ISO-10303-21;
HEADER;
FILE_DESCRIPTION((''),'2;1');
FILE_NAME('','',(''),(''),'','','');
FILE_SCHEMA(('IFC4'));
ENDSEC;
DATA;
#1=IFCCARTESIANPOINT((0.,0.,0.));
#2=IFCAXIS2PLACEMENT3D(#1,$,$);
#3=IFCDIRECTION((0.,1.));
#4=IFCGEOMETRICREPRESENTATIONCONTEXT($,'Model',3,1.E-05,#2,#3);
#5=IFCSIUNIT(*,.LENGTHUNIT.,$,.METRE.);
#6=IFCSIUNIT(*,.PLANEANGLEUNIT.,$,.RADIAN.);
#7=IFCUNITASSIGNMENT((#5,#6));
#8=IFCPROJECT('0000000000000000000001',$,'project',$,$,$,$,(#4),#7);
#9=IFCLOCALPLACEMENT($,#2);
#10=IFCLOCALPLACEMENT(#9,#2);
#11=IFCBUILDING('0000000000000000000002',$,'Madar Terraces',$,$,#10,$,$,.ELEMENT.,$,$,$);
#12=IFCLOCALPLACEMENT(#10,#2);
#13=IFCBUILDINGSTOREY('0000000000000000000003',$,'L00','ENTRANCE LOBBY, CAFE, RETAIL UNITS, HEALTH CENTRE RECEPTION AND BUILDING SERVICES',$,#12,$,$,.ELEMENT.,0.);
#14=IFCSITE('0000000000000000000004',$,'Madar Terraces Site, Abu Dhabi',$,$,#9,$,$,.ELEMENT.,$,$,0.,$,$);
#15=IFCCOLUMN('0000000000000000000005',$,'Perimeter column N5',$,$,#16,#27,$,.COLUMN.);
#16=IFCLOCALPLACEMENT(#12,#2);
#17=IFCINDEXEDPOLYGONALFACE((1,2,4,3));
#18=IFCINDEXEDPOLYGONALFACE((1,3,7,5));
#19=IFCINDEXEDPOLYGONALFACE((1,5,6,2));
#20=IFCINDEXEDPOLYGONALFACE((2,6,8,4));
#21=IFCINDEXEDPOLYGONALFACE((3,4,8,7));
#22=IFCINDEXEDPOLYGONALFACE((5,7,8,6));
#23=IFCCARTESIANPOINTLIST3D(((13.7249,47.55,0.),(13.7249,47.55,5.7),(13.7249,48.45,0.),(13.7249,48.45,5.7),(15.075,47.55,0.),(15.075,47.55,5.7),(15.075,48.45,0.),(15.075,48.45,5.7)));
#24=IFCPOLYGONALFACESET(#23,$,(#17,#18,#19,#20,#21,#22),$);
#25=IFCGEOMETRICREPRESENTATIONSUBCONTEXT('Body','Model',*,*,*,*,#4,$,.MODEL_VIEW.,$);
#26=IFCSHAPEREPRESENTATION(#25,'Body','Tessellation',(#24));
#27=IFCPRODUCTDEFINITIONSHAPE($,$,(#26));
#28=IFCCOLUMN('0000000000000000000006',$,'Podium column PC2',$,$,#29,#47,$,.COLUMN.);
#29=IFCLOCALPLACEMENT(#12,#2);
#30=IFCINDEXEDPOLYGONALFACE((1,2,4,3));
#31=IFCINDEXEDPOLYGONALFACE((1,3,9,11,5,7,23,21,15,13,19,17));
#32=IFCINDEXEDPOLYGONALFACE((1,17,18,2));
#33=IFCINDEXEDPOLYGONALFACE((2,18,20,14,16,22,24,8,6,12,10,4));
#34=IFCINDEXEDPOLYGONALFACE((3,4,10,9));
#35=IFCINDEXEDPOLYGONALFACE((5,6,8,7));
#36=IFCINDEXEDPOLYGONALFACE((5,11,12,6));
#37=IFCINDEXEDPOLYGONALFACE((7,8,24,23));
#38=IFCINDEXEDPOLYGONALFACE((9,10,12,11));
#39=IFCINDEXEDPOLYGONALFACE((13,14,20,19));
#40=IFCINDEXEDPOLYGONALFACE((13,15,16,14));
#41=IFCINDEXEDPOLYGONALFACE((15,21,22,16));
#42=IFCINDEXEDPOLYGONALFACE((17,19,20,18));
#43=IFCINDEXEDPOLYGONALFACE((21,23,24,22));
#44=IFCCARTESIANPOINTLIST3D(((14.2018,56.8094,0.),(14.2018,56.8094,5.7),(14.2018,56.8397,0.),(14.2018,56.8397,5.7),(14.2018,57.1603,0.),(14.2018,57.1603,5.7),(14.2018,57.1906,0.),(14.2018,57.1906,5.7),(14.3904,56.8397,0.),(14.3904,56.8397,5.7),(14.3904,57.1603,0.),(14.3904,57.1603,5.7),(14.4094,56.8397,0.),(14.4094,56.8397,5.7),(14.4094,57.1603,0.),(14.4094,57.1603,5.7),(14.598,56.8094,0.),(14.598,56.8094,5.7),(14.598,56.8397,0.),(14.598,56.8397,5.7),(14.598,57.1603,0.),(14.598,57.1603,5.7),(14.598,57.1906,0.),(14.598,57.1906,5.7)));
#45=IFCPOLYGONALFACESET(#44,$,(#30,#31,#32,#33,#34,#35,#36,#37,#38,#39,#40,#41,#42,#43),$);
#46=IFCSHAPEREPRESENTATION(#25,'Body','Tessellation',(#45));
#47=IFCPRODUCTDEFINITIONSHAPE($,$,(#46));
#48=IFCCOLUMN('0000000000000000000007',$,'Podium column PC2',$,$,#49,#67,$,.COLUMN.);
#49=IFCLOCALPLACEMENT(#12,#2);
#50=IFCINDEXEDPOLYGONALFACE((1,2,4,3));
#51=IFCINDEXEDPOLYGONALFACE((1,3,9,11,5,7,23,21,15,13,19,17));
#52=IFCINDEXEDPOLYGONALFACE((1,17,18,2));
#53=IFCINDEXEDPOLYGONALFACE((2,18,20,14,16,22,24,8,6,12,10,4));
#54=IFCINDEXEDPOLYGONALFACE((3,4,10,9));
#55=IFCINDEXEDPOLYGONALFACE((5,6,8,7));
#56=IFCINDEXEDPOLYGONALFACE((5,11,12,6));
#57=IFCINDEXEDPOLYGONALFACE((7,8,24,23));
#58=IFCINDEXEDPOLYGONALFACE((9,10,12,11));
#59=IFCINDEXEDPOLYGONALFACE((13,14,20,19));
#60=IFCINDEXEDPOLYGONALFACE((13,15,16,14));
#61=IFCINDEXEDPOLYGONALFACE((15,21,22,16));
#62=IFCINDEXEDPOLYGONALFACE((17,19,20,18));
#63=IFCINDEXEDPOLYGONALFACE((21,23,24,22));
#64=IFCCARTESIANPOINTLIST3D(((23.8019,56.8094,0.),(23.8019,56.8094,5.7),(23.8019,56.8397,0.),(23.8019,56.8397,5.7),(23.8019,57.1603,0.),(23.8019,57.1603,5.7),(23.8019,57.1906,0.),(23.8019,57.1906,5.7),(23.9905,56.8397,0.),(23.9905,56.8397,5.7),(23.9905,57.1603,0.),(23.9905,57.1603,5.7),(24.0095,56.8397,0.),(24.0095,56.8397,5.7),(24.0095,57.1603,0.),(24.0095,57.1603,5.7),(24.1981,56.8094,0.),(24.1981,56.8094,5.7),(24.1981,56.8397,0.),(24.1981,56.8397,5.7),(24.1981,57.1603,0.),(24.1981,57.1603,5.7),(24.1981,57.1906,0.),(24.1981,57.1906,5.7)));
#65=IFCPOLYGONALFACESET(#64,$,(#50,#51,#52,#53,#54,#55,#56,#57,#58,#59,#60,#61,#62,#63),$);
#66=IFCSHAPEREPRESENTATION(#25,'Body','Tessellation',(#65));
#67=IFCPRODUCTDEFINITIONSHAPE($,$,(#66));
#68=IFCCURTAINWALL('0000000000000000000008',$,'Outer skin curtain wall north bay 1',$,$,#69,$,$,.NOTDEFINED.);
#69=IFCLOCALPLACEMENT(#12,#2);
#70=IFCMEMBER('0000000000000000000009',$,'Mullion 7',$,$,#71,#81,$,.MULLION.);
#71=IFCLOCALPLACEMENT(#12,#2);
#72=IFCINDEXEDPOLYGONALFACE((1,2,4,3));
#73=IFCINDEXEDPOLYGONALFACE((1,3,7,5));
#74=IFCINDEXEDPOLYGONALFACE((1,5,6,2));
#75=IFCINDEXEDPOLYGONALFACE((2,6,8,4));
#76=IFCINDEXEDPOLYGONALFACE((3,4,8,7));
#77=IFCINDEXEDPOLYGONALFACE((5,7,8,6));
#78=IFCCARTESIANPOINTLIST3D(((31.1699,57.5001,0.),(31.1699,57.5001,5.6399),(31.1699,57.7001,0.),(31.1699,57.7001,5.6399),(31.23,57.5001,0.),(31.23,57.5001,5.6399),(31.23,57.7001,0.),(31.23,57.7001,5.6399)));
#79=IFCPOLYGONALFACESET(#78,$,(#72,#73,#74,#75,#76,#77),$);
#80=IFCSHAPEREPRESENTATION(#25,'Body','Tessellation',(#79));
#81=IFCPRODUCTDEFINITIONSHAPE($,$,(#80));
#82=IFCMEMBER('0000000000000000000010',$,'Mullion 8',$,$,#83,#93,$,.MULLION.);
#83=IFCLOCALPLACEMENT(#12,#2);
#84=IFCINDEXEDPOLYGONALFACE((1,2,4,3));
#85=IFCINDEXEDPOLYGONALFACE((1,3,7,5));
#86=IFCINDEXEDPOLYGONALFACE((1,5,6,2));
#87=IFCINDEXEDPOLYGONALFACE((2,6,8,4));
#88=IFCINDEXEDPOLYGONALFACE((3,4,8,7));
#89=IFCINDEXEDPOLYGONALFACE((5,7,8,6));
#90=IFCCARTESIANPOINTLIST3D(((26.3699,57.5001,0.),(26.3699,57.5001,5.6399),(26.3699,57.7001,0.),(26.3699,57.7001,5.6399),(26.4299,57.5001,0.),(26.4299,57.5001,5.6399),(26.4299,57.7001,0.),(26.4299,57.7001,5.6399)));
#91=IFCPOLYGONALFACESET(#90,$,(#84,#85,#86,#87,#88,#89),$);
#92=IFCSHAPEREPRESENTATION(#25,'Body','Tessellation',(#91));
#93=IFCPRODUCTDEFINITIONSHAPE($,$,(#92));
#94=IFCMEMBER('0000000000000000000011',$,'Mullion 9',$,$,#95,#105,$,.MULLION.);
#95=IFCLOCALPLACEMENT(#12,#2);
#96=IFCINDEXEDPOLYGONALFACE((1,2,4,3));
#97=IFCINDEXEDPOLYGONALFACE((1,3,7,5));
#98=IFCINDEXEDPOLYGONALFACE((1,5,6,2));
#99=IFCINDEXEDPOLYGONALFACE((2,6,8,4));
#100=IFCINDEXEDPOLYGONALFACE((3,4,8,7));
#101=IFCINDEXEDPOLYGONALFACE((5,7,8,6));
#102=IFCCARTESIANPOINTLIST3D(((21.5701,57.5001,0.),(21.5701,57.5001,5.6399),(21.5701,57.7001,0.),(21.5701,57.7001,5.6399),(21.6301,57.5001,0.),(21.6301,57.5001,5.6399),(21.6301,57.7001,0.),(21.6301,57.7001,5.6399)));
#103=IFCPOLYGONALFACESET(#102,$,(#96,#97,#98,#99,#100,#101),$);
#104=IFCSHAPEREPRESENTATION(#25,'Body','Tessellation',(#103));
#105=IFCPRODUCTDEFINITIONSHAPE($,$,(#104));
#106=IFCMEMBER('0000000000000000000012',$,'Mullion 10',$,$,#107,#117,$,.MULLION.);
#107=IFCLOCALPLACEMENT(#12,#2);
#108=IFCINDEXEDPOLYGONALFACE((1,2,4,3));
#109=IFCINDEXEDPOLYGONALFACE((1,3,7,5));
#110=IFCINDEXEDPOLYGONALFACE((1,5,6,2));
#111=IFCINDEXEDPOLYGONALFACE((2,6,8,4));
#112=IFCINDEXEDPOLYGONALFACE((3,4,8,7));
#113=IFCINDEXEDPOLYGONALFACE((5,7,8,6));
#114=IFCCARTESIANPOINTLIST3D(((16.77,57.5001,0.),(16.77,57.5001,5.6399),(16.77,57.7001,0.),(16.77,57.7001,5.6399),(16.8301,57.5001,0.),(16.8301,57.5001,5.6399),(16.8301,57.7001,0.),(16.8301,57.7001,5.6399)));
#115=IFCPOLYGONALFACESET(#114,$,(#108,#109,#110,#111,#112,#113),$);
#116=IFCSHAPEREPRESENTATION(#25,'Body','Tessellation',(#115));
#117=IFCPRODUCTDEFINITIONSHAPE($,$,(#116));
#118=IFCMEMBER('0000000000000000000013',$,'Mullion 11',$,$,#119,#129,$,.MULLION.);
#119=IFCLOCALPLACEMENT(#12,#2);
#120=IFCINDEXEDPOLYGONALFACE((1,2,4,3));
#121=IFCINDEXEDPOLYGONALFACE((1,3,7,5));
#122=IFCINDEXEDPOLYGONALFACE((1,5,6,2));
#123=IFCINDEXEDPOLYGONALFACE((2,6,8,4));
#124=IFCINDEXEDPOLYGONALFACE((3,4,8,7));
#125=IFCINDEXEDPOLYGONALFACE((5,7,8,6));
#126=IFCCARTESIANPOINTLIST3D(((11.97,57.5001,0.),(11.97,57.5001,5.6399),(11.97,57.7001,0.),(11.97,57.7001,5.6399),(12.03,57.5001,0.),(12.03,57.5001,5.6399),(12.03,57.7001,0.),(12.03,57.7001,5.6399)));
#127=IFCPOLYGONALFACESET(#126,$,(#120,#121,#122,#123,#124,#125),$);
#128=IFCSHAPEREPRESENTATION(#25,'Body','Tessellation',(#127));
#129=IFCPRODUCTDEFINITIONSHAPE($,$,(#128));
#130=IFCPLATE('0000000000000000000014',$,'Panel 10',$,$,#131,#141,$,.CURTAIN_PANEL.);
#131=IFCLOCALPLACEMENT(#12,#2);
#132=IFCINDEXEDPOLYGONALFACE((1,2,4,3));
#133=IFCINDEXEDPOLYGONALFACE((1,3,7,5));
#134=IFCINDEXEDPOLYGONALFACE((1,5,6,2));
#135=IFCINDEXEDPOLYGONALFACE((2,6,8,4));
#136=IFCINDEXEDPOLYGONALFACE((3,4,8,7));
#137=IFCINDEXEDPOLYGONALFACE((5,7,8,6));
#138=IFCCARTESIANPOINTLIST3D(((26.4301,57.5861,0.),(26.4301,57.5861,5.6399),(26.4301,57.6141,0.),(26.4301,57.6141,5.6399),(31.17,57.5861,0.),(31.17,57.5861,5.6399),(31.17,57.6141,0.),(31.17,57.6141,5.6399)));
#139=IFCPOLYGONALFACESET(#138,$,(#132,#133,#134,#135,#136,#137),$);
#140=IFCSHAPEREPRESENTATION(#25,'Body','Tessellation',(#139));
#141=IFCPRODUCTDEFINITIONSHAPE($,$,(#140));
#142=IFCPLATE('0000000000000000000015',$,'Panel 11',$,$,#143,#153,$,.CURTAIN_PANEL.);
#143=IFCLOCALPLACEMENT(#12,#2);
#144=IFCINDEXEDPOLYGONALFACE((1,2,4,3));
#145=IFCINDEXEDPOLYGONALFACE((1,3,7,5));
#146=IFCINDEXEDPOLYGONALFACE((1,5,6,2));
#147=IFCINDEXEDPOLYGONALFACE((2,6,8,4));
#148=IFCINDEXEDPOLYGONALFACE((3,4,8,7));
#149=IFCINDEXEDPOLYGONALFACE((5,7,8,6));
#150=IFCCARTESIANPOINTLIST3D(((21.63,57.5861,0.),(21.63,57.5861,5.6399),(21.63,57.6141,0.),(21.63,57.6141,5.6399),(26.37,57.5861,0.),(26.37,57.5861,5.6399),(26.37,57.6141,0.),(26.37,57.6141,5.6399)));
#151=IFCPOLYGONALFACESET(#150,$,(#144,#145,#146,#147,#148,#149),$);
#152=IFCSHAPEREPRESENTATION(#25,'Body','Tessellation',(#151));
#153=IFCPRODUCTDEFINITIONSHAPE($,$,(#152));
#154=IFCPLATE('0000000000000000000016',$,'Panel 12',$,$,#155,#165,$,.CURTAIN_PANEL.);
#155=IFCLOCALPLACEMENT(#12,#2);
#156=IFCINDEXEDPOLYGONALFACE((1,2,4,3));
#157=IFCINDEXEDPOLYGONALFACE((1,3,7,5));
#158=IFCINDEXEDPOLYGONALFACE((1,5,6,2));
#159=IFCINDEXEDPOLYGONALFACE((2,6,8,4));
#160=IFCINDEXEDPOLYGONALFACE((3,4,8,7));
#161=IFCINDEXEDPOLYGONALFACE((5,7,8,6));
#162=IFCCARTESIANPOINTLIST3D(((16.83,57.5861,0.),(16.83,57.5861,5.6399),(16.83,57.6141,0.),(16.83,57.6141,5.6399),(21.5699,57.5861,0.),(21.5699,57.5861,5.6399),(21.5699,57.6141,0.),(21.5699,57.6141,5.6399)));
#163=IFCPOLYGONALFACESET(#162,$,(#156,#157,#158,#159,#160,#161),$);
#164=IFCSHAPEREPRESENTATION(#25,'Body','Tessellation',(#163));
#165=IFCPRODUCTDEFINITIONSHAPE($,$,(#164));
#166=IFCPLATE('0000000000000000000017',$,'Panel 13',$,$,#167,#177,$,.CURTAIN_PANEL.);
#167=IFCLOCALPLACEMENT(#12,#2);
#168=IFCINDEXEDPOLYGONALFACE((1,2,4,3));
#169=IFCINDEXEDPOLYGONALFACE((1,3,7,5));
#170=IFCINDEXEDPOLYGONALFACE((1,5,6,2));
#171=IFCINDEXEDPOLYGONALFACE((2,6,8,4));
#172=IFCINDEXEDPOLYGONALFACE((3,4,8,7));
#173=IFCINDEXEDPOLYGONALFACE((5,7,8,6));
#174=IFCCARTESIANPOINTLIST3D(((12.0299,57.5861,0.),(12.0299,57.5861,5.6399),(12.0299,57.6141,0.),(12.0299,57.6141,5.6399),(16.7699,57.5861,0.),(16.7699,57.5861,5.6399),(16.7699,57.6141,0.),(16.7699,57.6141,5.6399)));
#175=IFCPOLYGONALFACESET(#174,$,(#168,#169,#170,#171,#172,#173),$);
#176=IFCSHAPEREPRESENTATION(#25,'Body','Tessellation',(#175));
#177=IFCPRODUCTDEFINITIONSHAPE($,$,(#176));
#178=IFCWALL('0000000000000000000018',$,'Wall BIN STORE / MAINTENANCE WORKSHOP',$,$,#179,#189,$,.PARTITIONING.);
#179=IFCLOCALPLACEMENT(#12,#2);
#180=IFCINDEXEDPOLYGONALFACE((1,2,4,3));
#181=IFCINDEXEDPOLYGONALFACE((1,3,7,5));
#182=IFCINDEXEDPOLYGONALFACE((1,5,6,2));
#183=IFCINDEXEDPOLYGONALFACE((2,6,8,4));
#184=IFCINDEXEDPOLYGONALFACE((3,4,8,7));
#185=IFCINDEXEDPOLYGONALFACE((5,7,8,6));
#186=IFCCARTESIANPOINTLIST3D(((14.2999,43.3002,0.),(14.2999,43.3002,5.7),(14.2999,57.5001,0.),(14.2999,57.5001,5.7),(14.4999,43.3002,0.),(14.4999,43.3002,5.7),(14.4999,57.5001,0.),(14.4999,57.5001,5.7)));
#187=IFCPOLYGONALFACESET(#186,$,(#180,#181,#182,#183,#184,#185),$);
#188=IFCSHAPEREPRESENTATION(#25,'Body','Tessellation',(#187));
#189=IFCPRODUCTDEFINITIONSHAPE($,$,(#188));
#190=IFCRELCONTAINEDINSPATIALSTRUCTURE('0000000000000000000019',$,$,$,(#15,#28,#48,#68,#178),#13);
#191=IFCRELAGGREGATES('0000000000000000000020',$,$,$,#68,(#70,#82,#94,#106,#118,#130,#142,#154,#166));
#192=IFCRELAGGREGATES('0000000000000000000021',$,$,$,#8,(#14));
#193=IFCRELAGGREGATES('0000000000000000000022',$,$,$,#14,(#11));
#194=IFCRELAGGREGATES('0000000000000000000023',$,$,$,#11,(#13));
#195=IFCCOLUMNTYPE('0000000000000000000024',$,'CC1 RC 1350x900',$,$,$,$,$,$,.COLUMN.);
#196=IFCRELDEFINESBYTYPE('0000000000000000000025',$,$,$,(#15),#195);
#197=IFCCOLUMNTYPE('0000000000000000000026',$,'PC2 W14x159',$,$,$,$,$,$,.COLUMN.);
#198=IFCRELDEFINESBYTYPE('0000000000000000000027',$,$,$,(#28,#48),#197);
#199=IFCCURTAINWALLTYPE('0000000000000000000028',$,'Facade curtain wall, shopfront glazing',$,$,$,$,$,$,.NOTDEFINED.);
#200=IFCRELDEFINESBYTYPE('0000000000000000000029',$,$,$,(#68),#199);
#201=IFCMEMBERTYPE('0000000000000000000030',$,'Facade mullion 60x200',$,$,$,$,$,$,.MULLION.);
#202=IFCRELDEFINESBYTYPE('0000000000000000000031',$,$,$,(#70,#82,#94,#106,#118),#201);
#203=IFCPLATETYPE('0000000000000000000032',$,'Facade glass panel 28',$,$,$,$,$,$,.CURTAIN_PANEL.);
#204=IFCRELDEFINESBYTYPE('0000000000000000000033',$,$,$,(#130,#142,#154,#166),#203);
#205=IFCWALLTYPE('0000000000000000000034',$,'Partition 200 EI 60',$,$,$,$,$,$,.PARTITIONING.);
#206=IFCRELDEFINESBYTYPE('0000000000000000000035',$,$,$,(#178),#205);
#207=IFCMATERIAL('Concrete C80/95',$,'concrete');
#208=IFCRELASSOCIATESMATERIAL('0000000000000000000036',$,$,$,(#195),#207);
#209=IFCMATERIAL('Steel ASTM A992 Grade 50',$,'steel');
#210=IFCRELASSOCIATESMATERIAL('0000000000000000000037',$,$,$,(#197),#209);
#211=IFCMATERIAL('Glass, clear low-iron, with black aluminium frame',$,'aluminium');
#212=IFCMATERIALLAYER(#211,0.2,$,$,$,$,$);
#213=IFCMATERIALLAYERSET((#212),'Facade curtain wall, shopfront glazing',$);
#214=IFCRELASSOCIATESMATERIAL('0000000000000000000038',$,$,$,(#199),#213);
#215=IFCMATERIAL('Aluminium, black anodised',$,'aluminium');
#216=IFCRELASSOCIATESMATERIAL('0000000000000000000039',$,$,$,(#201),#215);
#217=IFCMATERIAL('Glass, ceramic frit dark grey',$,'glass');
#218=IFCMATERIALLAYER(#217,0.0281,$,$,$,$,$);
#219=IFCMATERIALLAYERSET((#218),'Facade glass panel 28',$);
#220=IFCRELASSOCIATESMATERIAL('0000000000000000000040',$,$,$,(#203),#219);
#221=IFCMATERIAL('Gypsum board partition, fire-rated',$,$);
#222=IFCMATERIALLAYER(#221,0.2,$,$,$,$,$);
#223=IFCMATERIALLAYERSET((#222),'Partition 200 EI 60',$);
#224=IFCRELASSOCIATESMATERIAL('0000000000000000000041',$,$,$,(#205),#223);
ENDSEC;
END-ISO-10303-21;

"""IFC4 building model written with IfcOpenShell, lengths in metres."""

from ifc_helpers import new_model, si_unit, direction, frame, frame_2d, origin, origin_2d, place, context, subcontext, project, spatial, rectangle, i_section, extrude, material, layer, layer_set, material_profile, profile_set, type_object, element, aggregate, save


model = new_model("IFC4")

# Units and contexts
model_context = context("Model", 3, precision=1e-05, world=origin(), true_north=direction((0.0, 1.0)))
body_context = subcontext(model_context, "Body", "Model", "MODEL_VIEW")
ifc_project = project(units=[si_unit("LENGTHUNIT", "METRE"), si_unit("PLANEANGLEUNIT", "RADIAN")], contexts=[model_context])

# Site, building, storey
site_placement = place(None, origin())
site = spatial("IfcSite", under=ifc_project, at=site_placement, Name="Madar Terraces Site, Abu Dhabi", CompositionType="ELEMENT", RefElevation=0.0)
building_placement = place(site_placement, origin())
building = spatial("IfcBuilding", under=site, at=building_placement, Name="Madar Terraces", CompositionType="ELEMENT")
storey_placement = place(building_placement, origin())
storey = spatial("IfcBuildingStorey", under=building, at=storey_placement, Name="L00", Description="ENTRANCE LOBBY, CAFE, RETAIL UNITS, HEALTH CENTRE RECEPTION AND BUILDING SERVICES", CompositionType="ELEMENT", Elevation=0.0)

# Columns
ifc_material_1 = material(Name="Concrete C80/95", Category="concrete")
ifc_material_profile_1 = material_profile(ifc_material_1, rectangle(XDim=1.3501, YDim=0.8999, at=origin_2d()), Name="CC1 RC 1350x900")
ifc_profile_set_1 = profile_set([ifc_material_profile_1], Name="Concrete C80/95")
column_type_1 = type_object("IfcColumnType", Name="CC1 RC 1350x900", PredefinedType="COLUMN", material=ifc_profile_set_1)
for number, where, z_axis, x_axis, name in (
    (1, (14.3999, 48.0, 0.0), (0.0, 0.0, 1.0), (1.0, 0.0, 0.0), "Perimeter column N5"),
):
    element("IfcColumn", number, at=place(storey_placement, frame(where, z_axis=z_axis, x_axis=x_axis)), inside=storey, type_object=column_type_1, Name=name, PredefinedType="COLUMN", context=body_context, shape_type="SweptSolid", body=[
        extrude(rectangle(XDim=1.3501, YDim=0.8999, at=origin_2d()), origin(), (0.0, 0.0, 1.0), 5.7),
    ])
ifc_material_2 = material(Name="Steel ASTM A992 Grade 50", Category="steel")
ifc_material_profile_2 = material_profile(ifc_material_2, i_section(OverallWidth=0.3962, OverallDepth=0.3811, WebThickness=0.019, FlangeThickness=0.0303, at=origin_2d()), Name="W14x159")
ifc_profile_set_2 = profile_set([ifc_material_profile_2], Name="Steel ASTM A992 Grade 50")
column_type_2 = type_object("IfcColumnType", Name="PC2 W14x159", PredefinedType="COLUMN", material=ifc_profile_set_2)
for number, where, z_axis, x_axis, name in (
    (2, (14.3999, 57.0, 0.0), (0.0, 0.0, 1.0), (1.0, 0.0, 0.0), "Podium column PC2"),
    (3, (24.0, 57.0, 0.0), (0.0, 0.0, 1.0), (1.0, 0.0, 0.0), "Podium column PC2"),
):
    element("IfcColumn", number, at=place(storey_placement, frame(where, z_axis=z_axis, x_axis=x_axis)), inside=storey, type_object=column_type_2, Name=name, PredefinedType="COLUMN", context=body_context, shape_type="SweptSolid", body=[
        extrude(i_section(OverallWidth=0.3962, OverallDepth=0.3811, WebThickness=0.019, FlangeThickness=0.0303, at=origin_2d()), origin(), (0.0, 0.0, 1.0), 5.7),
    ])

# Curtain wall, members, plates
ifc_material_3 = material(Name="Glass, clear low-iron, with black aluminium frame", Category="aluminium")
ifc_layer_1 = layer(ifc_material_3, 0.2)
ifc_layer_set_1 = layer_set([ifc_layer_1], Name="Facade curtain wall, shopfront glazing")
curtain_wall_type = type_object("IfcCurtainWallType", Name="Facade curtain wall, shopfront glazing", PredefinedType="NOTDEFINED", material=ifc_layer_set_1)
curtain_wall_placement = place(storey_placement, origin())
curtain_wall = element("IfcCurtainWall", 4, at=curtain_wall_placement, inside=storey, type_object=curtain_wall_type, Name="Outer skin curtain wall north bay 1", PredefinedType="NOTDEFINED")
ifc_material_4 = material(Name="Aluminium, black anodised", Category="aluminium")
ifc_material_profile_3 = material_profile(ifc_material_4, rectangle(XDim=0.2, YDim=0.0601, at=origin_2d()), Name="Facade mullion 60x200")
ifc_profile_set_3 = profile_set([ifc_material_profile_3], Name="Aluminium, black anodised")
member_type = type_object("IfcMemberType", Name="Facade mullion 60x200", PredefinedType="MULLION", material=ifc_profile_set_3)
member_1_placement = place(storey_placement, frame((31.2, 57.6001, 0.0), z_axis=(0.0, 0.0, 1.0), x_axis=(0.0, -1.0, 0.0)))
member_1 = element("IfcMember", 5, at=member_1_placement, type_object=member_type, Name="Mullion 7", PredefinedType="MULLION", context=body_context, shape_type="SweptSolid", body=[
    extrude(rectangle(XDim=0.2, YDim=0.0601, at=origin_2d()), origin(), (0.0, 0.0, 1.0), 5.6399),
])
member_2_placement = place(storey_placement, frame((26.3999, 57.6001, 0.0), z_axis=(0.0, 0.0, 1.0), x_axis=(0.0, -1.0, 0.0)))
member_2 = element("IfcMember", 6, at=member_2_placement, type_object=member_type, Name="Mullion 8", PredefinedType="MULLION", context=body_context, shape_type="SweptSolid", body=[
    extrude(rectangle(XDim=0.2, YDim=0.0601, at=origin_2d()), origin(), (0.0, 0.0, 1.0), 5.6399),
])
member_3_placement = place(storey_placement, frame((21.6001, 57.6001, 0.0), z_axis=(0.0, 0.0, 1.0), x_axis=(0.0, -1.0, 0.0)))
member_3 = element("IfcMember", 7, at=member_3_placement, type_object=member_type, Name="Mullion 9", PredefinedType="MULLION", context=body_context, shape_type="SweptSolid", body=[
    extrude(rectangle(XDim=0.2, YDim=0.0601, at=origin_2d()), origin(), (0.0, 0.0, 1.0), 5.6399),
])
member_4_placement = place(storey_placement, frame((16.8, 57.6001, 0.0), z_axis=(0.0, 0.0, 1.0), x_axis=(0.0, -1.0, 0.0)))
member_4 = element("IfcMember", 8, at=member_4_placement, type_object=member_type, Name="Mullion 10", PredefinedType="MULLION", context=body_context, shape_type="SweptSolid", body=[
    extrude(rectangle(XDim=0.2, YDim=0.0601, at=origin_2d()), origin(), (0.0, 0.0, 1.0), 5.6399),
])
member_5_placement = place(storey_placement, frame((12.0, 57.6001, 0.0), z_axis=(0.0, 0.0, 1.0), x_axis=(0.0, -1.0, 0.0)))
member_5 = element("IfcMember", 9, at=member_5_placement, type_object=member_type, Name="Mullion 11", PredefinedType="MULLION", context=body_context, shape_type="SweptSolid", body=[
    extrude(rectangle(XDim=0.2, YDim=0.0601, at=origin_2d()), origin(), (0.0, 0.0, 1.0), 5.6399),
])
ifc_material_5 = material(Name="Glass, ceramic frit dark grey", Category="glass")
ifc_layer_2 = layer(ifc_material_5, 0.0281)
ifc_layer_set_2 = layer_set([ifc_layer_2], Name="Facade glass panel 28")
plate_type = type_object("IfcPlateType", Name="Facade glass panel 28", PredefinedType="CURTAIN_PANEL", material=ifc_layer_set_2)
plate_1_placement = place(storey_placement, frame((28.8, 57.6001, 0.0), z_axis=(0.0, 0.0, 1.0), x_axis=(-1.0, 0.0, 0.0)))
plate_1 = element("IfcPlate", 10, at=plate_1_placement, type_object=plate_type, Name="Panel 10", PredefinedType="CURTAIN_PANEL", context=body_context, shape_type="SweptSolid", body=[
    extrude(rectangle(XDim=4.74, YDim=0.0281, at=origin_2d()), origin(), (0.0, 0.0, 1.0), 5.6399),
])
plate_2_placement = place(storey_placement, frame((24.0, 57.6001, 0.0), z_axis=(0.0, 0.0, 1.0), x_axis=(-1.0, 0.0, 0.0)))
plate_2 = element("IfcPlate", 11, at=plate_2_placement, type_object=plate_type, Name="Panel 11", PredefinedType="CURTAIN_PANEL", context=body_context, shape_type="SweptSolid", body=[
    extrude(rectangle(XDim=4.74, YDim=0.0281, at=origin_2d()), origin(), (0.0, 0.0, 1.0), 5.6399),
])
plate_3_placement = place(storey_placement, frame((19.2, 57.6001, 0.0), z_axis=(0.0, 0.0, 1.0), x_axis=(-1.0, 0.0, 0.0)))
plate_3 = element("IfcPlate", 12, at=plate_3_placement, type_object=plate_type, Name="Panel 12", PredefinedType="CURTAIN_PANEL", context=body_context, shape_type="SweptSolid", body=[
    extrude(rectangle(XDim=4.74, YDim=0.0281, at=origin_2d()), origin(), (0.0, 0.0, 1.0), 5.6399),
])
plate_4_placement = place(storey_placement, frame((14.3999, 57.6001, 0.0), z_axis=(0.0, 0.0, 1.0), x_axis=(-1.0, 0.0, 0.0)))
plate_4 = element("IfcPlate", 13, at=plate_4_placement, type_object=plate_type, Name="Panel 13", PredefinedType="CURTAIN_PANEL", context=body_context, shape_type="SweptSolid", body=[
    extrude(rectangle(XDim=4.74, YDim=0.0281, at=origin_2d()), origin(), (0.0, 0.0, 1.0), 5.6399),
])
aggregate(curtain_wall, [member_1, member_2, member_3, member_4, member_5, plate_1, plate_2, plate_3, plate_4])

# Wall
ifc_material_6 = material(Name="Gypsum board partition, fire-rated")
ifc_layer_3 = layer(ifc_material_6, 0.2)
ifc_layer_set_3 = layer_set([ifc_layer_3], Name="Partition 200 EI 60")
wall_type = type_object("IfcWallType", Name="Partition 200 EI 60", PredefinedType="PARTITIONING", material=ifc_layer_set_3)
for number, where, z_axis, x_axis, name in (
    (14, (14.3999, 43.3, 0.0), (0.0, 0.0, 1.0), (0.0, 1.0, 0.0), "Wall BIN STORE / MAINTENANCE WORKSHOP"),
):
    element("IfcWall", number, at=place(storey_placement, frame(where, z_axis=z_axis, x_axis=x_axis)), inside=storey, type_object=wall_type, Name=name, PredefinedType="PARTITIONING", context=body_context, shape_type="SweptSolid", body=[
        extrude(rectangle(XDim=14.2, YDim=0.2, at=frame_2d((7.1001, 0.0))), origin(), (0.0, 0.0, 1.0), 5.7),
    ])

save(model, "model.ifc")
